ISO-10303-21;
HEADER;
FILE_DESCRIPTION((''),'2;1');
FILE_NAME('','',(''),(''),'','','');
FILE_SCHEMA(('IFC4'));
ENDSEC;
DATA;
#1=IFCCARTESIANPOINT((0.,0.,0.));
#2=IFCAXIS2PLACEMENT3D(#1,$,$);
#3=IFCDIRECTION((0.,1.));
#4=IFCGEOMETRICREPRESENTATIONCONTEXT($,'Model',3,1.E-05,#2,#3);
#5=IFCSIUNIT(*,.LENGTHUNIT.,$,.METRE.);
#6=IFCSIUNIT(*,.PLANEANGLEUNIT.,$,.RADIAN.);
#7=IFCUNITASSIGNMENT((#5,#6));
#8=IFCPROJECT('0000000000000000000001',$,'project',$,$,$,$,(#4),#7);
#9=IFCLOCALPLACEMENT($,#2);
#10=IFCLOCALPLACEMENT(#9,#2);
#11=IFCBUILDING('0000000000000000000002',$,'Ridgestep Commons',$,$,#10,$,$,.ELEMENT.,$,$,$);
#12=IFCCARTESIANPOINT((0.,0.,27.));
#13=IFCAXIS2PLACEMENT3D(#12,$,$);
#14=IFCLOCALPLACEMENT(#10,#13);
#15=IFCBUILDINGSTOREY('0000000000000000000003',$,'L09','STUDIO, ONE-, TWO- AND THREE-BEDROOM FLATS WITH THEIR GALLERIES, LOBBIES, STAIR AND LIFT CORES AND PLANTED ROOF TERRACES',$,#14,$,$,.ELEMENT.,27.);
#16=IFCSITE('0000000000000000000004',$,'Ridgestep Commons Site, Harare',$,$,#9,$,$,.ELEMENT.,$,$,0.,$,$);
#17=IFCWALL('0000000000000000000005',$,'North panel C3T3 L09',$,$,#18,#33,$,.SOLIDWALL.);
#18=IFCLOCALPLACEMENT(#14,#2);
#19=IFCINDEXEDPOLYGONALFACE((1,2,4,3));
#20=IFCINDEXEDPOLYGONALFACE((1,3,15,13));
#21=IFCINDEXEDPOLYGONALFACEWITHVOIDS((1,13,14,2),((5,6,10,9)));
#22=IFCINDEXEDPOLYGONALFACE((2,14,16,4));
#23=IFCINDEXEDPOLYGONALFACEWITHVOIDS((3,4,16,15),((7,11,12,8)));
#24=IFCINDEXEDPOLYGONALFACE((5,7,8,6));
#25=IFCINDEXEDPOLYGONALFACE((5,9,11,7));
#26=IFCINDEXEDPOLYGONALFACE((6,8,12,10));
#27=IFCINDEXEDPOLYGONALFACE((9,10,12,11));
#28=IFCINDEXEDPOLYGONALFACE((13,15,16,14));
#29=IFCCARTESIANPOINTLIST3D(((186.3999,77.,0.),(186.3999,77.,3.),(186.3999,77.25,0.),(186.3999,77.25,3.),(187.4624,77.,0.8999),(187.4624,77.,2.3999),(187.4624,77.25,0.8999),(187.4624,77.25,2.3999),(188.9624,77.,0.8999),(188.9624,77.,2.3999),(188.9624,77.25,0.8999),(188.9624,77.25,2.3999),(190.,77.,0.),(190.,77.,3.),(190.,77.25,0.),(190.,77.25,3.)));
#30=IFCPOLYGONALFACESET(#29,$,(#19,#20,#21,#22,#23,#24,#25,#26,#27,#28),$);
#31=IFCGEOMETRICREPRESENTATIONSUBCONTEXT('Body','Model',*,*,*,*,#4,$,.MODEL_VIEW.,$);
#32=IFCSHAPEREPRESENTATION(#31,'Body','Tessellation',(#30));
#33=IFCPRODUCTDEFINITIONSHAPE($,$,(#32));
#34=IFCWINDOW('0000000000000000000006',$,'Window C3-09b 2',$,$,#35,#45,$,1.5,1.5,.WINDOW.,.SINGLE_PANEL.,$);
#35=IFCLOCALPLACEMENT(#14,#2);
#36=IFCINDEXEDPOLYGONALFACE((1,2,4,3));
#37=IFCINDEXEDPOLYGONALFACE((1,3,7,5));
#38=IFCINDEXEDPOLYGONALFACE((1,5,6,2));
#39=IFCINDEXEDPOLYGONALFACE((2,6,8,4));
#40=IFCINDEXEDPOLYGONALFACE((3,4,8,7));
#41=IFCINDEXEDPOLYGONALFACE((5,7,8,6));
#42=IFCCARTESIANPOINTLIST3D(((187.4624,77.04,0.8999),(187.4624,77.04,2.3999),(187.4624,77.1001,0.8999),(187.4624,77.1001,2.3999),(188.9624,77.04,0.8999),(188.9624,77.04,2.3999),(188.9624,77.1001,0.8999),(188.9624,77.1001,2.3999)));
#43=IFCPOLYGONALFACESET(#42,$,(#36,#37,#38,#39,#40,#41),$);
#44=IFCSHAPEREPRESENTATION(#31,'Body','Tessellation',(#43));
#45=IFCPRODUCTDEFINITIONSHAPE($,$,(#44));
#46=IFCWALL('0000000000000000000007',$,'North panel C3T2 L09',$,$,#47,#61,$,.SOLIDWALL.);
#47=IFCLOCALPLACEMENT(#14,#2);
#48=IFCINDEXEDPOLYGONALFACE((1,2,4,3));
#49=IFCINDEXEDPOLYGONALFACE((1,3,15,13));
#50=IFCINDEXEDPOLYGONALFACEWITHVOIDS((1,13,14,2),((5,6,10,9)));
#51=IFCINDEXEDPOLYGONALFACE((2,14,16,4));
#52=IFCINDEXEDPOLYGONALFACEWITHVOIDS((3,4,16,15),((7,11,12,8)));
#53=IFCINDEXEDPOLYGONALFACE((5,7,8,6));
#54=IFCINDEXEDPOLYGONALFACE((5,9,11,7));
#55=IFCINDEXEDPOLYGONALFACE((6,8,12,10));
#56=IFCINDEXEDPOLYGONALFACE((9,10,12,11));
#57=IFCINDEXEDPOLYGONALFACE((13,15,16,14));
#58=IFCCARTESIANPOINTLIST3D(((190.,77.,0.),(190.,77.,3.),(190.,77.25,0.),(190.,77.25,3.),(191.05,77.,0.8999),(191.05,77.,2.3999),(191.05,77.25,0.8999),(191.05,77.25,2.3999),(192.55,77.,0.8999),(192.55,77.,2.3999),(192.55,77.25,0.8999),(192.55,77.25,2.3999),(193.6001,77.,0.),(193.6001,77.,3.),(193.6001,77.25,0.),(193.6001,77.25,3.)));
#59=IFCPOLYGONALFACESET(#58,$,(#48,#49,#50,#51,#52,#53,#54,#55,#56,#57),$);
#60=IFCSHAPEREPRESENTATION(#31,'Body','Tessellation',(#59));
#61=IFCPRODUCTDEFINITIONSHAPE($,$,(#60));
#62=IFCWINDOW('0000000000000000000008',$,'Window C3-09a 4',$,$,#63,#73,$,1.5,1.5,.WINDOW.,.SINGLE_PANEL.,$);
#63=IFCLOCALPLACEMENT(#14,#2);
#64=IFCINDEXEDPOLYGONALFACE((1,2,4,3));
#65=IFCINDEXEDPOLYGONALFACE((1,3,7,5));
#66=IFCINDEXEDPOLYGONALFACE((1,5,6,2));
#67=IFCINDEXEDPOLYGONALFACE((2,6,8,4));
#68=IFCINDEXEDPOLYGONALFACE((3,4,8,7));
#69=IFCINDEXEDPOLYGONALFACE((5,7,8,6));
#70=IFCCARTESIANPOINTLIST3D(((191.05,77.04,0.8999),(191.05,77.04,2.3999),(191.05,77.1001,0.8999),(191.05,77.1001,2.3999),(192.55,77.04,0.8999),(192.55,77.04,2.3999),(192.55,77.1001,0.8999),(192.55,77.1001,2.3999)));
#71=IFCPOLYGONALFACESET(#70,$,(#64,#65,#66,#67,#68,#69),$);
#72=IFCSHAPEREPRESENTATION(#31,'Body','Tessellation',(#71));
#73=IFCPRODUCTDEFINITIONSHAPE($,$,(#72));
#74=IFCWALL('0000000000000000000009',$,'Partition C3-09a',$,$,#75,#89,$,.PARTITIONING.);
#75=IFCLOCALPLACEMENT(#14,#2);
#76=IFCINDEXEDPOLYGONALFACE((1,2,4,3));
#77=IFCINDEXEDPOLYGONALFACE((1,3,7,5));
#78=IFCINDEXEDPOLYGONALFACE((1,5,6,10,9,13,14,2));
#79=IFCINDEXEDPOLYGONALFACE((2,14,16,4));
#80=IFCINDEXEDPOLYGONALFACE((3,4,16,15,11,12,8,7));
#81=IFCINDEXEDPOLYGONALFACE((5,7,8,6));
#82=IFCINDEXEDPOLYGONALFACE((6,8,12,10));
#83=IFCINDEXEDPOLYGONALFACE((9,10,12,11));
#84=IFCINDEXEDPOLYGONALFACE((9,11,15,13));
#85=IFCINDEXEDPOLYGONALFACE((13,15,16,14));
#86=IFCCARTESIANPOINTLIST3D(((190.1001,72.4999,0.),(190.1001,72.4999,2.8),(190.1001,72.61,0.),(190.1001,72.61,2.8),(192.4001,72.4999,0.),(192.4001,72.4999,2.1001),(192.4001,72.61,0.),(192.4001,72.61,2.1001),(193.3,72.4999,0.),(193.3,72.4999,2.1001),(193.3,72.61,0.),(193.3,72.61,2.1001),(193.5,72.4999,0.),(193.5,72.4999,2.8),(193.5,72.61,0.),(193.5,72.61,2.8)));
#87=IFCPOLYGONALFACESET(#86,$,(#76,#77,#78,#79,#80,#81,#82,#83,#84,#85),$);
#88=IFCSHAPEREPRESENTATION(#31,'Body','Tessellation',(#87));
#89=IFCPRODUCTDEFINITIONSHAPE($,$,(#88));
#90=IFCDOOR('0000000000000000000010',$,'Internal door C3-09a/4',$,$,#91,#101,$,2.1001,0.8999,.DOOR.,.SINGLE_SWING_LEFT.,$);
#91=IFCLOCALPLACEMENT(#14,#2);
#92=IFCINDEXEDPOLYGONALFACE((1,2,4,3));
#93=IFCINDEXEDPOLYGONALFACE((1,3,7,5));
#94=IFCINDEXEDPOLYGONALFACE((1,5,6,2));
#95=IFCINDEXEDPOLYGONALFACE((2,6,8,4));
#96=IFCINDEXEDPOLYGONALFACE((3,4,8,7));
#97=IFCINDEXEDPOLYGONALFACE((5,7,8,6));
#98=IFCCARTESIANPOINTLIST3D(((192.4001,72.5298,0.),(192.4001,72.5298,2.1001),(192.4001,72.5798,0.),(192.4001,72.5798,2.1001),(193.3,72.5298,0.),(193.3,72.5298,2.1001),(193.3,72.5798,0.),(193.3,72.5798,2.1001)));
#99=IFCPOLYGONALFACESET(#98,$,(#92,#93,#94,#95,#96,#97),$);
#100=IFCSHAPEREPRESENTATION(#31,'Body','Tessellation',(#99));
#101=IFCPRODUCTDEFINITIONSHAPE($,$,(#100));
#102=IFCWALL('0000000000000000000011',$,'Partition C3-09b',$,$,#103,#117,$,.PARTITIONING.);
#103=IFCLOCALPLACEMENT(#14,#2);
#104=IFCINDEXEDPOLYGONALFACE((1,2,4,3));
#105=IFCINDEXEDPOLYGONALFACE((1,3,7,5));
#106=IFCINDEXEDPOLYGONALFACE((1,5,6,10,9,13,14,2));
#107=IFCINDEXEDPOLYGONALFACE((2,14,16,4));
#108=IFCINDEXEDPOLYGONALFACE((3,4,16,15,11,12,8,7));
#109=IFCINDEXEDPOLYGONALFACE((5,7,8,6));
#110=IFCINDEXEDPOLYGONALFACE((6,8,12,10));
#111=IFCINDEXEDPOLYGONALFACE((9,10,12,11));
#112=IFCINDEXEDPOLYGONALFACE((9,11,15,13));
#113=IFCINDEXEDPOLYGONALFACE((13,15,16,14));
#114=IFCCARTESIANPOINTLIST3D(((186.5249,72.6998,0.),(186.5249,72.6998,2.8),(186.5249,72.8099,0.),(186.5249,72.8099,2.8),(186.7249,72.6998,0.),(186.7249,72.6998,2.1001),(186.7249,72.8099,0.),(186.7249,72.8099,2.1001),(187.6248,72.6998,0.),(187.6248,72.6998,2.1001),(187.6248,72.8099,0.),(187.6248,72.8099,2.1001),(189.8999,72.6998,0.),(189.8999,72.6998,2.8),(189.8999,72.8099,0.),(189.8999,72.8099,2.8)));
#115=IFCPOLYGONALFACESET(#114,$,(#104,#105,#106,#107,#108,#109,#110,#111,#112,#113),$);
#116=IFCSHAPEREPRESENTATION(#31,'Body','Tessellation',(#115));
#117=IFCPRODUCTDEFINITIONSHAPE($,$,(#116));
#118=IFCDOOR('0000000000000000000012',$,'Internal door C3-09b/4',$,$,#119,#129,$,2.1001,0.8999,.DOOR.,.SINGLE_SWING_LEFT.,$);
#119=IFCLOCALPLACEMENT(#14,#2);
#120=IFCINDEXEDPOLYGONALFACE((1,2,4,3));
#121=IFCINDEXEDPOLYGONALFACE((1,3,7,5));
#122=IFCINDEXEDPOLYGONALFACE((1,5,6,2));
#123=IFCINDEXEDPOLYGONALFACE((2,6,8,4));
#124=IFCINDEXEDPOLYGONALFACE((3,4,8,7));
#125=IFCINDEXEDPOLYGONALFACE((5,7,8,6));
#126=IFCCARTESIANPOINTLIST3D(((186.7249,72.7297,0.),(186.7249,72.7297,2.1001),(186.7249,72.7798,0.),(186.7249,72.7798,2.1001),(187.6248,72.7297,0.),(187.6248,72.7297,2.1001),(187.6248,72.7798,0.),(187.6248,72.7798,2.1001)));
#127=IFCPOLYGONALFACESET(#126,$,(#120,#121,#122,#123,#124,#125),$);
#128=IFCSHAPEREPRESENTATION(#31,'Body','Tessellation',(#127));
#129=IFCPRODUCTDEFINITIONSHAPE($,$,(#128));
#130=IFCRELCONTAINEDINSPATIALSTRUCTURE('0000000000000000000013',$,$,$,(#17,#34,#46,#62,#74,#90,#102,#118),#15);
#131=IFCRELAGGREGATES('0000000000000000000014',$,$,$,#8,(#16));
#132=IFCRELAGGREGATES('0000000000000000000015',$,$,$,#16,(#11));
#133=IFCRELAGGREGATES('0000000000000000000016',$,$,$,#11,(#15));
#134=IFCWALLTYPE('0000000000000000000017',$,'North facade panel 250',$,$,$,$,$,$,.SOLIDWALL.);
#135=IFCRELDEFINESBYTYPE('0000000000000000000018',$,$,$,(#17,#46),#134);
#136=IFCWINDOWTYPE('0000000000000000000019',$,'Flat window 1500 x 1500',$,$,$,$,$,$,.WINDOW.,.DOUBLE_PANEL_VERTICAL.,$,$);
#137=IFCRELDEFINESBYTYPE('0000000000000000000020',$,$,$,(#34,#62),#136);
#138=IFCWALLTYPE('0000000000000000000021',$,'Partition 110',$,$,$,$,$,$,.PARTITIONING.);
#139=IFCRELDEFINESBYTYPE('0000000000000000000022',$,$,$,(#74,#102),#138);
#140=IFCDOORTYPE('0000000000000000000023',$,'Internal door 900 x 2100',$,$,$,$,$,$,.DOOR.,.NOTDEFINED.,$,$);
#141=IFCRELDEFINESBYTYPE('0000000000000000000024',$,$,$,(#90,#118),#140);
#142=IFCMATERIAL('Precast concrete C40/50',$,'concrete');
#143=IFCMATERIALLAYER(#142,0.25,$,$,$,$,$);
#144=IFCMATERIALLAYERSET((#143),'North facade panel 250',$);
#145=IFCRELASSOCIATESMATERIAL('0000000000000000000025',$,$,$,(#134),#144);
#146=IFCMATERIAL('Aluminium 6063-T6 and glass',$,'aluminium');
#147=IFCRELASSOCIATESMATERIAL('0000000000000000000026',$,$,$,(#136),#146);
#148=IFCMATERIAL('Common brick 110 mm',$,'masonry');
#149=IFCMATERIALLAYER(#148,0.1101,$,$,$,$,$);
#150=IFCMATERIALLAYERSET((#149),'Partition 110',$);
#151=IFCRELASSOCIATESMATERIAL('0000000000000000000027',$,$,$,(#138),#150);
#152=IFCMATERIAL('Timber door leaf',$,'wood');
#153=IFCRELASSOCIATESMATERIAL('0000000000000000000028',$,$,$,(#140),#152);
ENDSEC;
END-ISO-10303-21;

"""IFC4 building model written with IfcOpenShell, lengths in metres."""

from ifc_helpers import new_model, si_unit, direction, frame, frame_2d, origin, place, context, subcontext, project, spatial, rectangle, extrude, material, layer, layer_set, type_object, element, fill, save


model = new_model("IFC4")

# Units and contexts
model_context = context("Model", 3, precision=1e-05, world=origin(), true_north=direction((0.0, 1.0)))
body_context = subcontext(model_context, "Body", "Model", "MODEL_VIEW")
ifc_project = project(units=[si_unit("LENGTHUNIT", "METRE"), si_unit("PLANEANGLEUNIT", "RADIAN")], contexts=[model_context])

# Site, building, storey
site_placement = place(None, origin())
site = spatial("IfcSite", under=ifc_project, at=site_placement, Name="Ridgestep Commons Site, Harare", CompositionType="ELEMENT", RefElevation=0.0)
building_placement = place(site_placement, origin())
building = spatial("IfcBuilding", under=site, at=building_placement, Name="Ridgestep Commons", CompositionType="ELEMENT")
storey_placement = place(building_placement, frame((0.0, 0.0, 27.0)))
storey = spatial("IfcBuildingStorey", under=building, at=storey_placement, Name="L09", Description="STUDIO, ONE-, TWO- AND THREE-BEDROOM FLATS WITH THEIR GALLERIES, LOBBIES, STAIR AND LIFT CORES AND PLANTED ROOF TERRACES", CompositionType="ELEMENT", Elevation=27.0)

# Walls, openings, windows
ifc_material_1 = material(Name="Precast concrete C40/50", Category="concrete")
ifc_layer_1 = layer(ifc_material_1, 0.25)
ifc_layer_set_1 = layer_set([ifc_layer_1], Name="North facade panel 250")
wall_type_1 = type_object("IfcWallType", Name="North facade panel 250", PredefinedType="SOLIDWALL", material=ifc_layer_set_1)
wall_1_placement = place(storey_placement, frame((186.3999, 77.125, 0.0), z_axis=(0.0, 0.0, 1.0), x_axis=(1.0, 0.0, 0.0)))
wall_1 = element("IfcWall", 1, at=wall_1_placement, inside=storey, type_object=wall_type_1, Name="North panel C3T3 L09", PredefinedType="SOLIDWALL", context=body_context, shape_type="SweptSolid", body=[
    extrude(rectangle(XDim=3.6001, YDim=0.25, at=frame_2d((1.8, 0.0))), origin(), (0.0, 0.0, 1.0), 3.0),
])
opening_1_placement = place(wall_1_placement, frame((1.0625, 0.0, 0.8999)))
opening_1 = element("IfcOpeningElement", 2, at=opening_1_placement, cuts=wall_1, PredefinedType="OPENING", context=body_context, shape_type="SweptSolid", body=[
    extrude(rectangle(XDim=1.5, YDim=1.5, at=frame_2d((0.75, 0.75))), frame((0.0, 0.135, 0.0), z_axis=(0.0, -1.0, 0.0), x_axis=(1.0, 0.0, 0.0)), (0.0, 0.0, 1.0), 0.27),
])
ifc_material_2 = material(Name="Aluminium 6063-T6 and glass", Category="aluminium")
window_type = type_object("IfcWindowType", Name="Flat window 1500 x 1500", PartitioningType="DOUBLE_PANEL_VERTICAL", PredefinedType="WINDOW", material=ifc_material_2)
window_1_placement = place(opening_1_placement, origin())
window_1 = element("IfcWindow", 3, at=window_1_placement, inside=storey, type_object=window_type, Name="Window C3-09b 2", OverallHeight=1.5, OverallWidth=1.5, PartitioningType="SINGLE_PANEL", PredefinedType="WINDOW", context=body_context, shape_type="SweptSolid", body=[
    extrude(rectangle(XDim=1.5, YDim=1.5, at=frame_2d((0.75, 0.75))), frame((0.0, -0.0249, 0.0), z_axis=(0.0, -1.0, 0.0), x_axis=(1.0, 0.0, 0.0)), (0.0, 0.0, 1.0), 0.0601),
])
fill(opening_1, window_1)
wall_2_placement = place(storey_placement, frame((190.0, 77.125, 0.0), z_axis=(0.0, 0.0, 1.0), x_axis=(1.0, 0.0, 0.0)))
wall_2 = element("IfcWall", 4, at=wall_2_placement, inside=storey, type_object=wall_type_1, Name="North panel C3T2 L09", PredefinedType="SOLIDWALL", context=body_context, shape_type="SweptSolid", body=[
    extrude(rectangle(XDim=3.6001, YDim=0.25, at=frame_2d((1.8, 0.0))), origin(), (0.0, 0.0, 1.0), 3.0),
])
opening_2_placement = place(wall_2_placement, frame((1.05, 0.0, 0.8999)))
opening_2 = element("IfcOpeningElement", 5, at=opening_2_placement, cuts=wall_2, PredefinedType="OPENING", context=body_context, shape_type="SweptSolid", body=[
    extrude(rectangle(XDim=1.5, YDim=1.5, at=frame_2d((0.75, 0.75))), frame((0.0, 0.135, 0.0), z_axis=(0.0, -1.0, 0.0), x_axis=(1.0, 0.0, 0.0)), (0.0, 0.0, 1.0), 0.27),
])
window_2_placement = place(opening_2_placement, origin())
window_2 = element("IfcWindow", 6, at=window_2_placement, inside=storey, type_object=window_type, Name="Window C3-09a 4", OverallHeight=1.5, OverallWidth=1.5, PartitioningType="SINGLE_PANEL", PredefinedType="WINDOW", context=body_context, shape_type="SweptSolid", body=[
    extrude(rectangle(XDim=1.5, YDim=1.5, at=frame_2d((0.75, 0.75))), frame((0.0, -0.0249, 0.0), z_axis=(0.0, -1.0, 0.0), x_axis=(1.0, 0.0, 0.0)), (0.0, 0.0, 1.0), 0.0601),
])
fill(opening_2, window_2)

# Walls, openings, doors
ifc_material_3 = material(Name="Common brick 110 mm", Category="masonry")
ifc_layer_2 = layer(ifc_material_3, 0.1101)
ifc_layer_set_2 = layer_set([ifc_layer_2], Name="Partition 110")
wall_type_2 = type_object("IfcWallType", Name="Partition 110", PredefinedType="PARTITIONING", material=ifc_layer_set_2)
wall_3_placement = place(storey_placement, frame((190.1001, 72.5549, 0.0), z_axis=(0.0, 0.0, 1.0), x_axis=(1.0, 0.0, 0.0)))
wall_3 = element("IfcWall", 7, at=wall_3_placement, inside=storey, type_object=wall_type_2, Name="Partition C3-09a", PredefinedType="PARTITIONING", context=body_context, shape_type="SweptSolid", body=[
    extrude(rectangle(XDim=3.3999, YDim=0.1101, at=frame_2d((1.7, 0.0))), origin(), (0.0, 0.0, 1.0), 2.8),
])
opening_3_placement = place(wall_3_placement, frame((2.3, 0.0, 0.0)))
opening_3 = element("IfcOpeningElement", 8, at=opening_3_placement, cuts=wall_3, PredefinedType="OPENING", context=body_context, shape_type="SweptSolid", body=[
    extrude(rectangle(XDim=0.8999, YDim=2.1001, at=frame_2d((0.45, 1.05))), frame((0.0, 0.0649, 0.0), z_axis=(0.0, -1.0, 0.0), x_axis=(1.0, 0.0, 0.0)), (0.0, 0.0, 1.0), 0.1301),
])
ifc_material_4 = material(Name="Timber door leaf", Category="wood")
door_type = type_object("IfcDoorType", Name="Internal door 900 x 2100", OperationType="NOTDEFINED", PredefinedType="DOOR", material=ifc_material_4)
door_1_placement = place(opening_3_placement, origin())
door_1 = element("IfcDoor", 9, at=door_1_placement, inside=storey, type_object=door_type, Name="Internal door C3-09a/4", OperationType="SINGLE_SWING_LEFT", OverallHeight=2.1001, OverallWidth=0.8999, PredefinedType="DOOR", context=body_context, shape_type="SweptSolid", body=[
    extrude(rectangle(XDim=0.8999, YDim=2.1001, at=frame_2d((0.45, 1.05))), frame((0.0, 0.0249, 0.0), z_axis=(0.0, -1.0, 0.0), x_axis=(1.0, 0.0, 0.0)), (0.0, 0.0, 1.0), 0.05),
])
fill(opening_3, door_1)
wall_4_placement = place(storey_placement, frame((186.5249, 72.7549, 0.0), z_axis=(0.0, 0.0, 1.0), x_axis=(1.0, 0.0, 0.0)))
wall_4 = element("IfcWall", 10, at=wall_4_placement, inside=storey, type_object=wall_type_2, Name="Partition C3-09b", PredefinedType="PARTITIONING", context=body_context, shape_type="SweptSolid", body=[
    extrude(rectangle(XDim=3.375, YDim=0.1101, at=frame_2d((1.6875, 0.0))), origin(), (0.0, 0.0, 1.0), 2.8),
])
opening_4_placement = place(wall_4_placement, frame((0.2, 0.0, 0.0)))
opening_4 = element("IfcOpeningElement", 11, at=opening_4_placement, cuts=wall_4, PredefinedType="OPENING", context=body_context, shape_type="SweptSolid", body=[
    extrude(rectangle(XDim=0.8999, YDim=2.1001, at=frame_2d((0.45, 1.05))), frame((0.0, 0.0649, 0.0), z_axis=(0.0, -1.0, 0.0), x_axis=(1.0, 0.0, 0.0)), (0.0, 0.0, 1.0), 0.1301),
])
door_2_placement = place(opening_4_placement, origin())
door_2 = element("IfcDoor", 12, at=door_2_placement, inside=storey, type_object=door_type, Name="Internal door C3-09b/4", OperationType="SINGLE_SWING_LEFT", OverallHeight=2.1001, OverallWidth=0.8999, PredefinedType="DOOR", context=body_context, shape_type="SweptSolid", body=[
    extrude(rectangle(XDim=0.8999, YDim=2.1001, at=frame_2d((0.45, 1.05))), frame((0.0, 0.0249, 0.0), z_axis=(0.0, -1.0, 0.0), x_axis=(1.0, 0.0, 0.0)), (0.0, 0.0, 1.0), 0.05),
])
fill(opening_4, door_2)

save(model, "model.ifc")
